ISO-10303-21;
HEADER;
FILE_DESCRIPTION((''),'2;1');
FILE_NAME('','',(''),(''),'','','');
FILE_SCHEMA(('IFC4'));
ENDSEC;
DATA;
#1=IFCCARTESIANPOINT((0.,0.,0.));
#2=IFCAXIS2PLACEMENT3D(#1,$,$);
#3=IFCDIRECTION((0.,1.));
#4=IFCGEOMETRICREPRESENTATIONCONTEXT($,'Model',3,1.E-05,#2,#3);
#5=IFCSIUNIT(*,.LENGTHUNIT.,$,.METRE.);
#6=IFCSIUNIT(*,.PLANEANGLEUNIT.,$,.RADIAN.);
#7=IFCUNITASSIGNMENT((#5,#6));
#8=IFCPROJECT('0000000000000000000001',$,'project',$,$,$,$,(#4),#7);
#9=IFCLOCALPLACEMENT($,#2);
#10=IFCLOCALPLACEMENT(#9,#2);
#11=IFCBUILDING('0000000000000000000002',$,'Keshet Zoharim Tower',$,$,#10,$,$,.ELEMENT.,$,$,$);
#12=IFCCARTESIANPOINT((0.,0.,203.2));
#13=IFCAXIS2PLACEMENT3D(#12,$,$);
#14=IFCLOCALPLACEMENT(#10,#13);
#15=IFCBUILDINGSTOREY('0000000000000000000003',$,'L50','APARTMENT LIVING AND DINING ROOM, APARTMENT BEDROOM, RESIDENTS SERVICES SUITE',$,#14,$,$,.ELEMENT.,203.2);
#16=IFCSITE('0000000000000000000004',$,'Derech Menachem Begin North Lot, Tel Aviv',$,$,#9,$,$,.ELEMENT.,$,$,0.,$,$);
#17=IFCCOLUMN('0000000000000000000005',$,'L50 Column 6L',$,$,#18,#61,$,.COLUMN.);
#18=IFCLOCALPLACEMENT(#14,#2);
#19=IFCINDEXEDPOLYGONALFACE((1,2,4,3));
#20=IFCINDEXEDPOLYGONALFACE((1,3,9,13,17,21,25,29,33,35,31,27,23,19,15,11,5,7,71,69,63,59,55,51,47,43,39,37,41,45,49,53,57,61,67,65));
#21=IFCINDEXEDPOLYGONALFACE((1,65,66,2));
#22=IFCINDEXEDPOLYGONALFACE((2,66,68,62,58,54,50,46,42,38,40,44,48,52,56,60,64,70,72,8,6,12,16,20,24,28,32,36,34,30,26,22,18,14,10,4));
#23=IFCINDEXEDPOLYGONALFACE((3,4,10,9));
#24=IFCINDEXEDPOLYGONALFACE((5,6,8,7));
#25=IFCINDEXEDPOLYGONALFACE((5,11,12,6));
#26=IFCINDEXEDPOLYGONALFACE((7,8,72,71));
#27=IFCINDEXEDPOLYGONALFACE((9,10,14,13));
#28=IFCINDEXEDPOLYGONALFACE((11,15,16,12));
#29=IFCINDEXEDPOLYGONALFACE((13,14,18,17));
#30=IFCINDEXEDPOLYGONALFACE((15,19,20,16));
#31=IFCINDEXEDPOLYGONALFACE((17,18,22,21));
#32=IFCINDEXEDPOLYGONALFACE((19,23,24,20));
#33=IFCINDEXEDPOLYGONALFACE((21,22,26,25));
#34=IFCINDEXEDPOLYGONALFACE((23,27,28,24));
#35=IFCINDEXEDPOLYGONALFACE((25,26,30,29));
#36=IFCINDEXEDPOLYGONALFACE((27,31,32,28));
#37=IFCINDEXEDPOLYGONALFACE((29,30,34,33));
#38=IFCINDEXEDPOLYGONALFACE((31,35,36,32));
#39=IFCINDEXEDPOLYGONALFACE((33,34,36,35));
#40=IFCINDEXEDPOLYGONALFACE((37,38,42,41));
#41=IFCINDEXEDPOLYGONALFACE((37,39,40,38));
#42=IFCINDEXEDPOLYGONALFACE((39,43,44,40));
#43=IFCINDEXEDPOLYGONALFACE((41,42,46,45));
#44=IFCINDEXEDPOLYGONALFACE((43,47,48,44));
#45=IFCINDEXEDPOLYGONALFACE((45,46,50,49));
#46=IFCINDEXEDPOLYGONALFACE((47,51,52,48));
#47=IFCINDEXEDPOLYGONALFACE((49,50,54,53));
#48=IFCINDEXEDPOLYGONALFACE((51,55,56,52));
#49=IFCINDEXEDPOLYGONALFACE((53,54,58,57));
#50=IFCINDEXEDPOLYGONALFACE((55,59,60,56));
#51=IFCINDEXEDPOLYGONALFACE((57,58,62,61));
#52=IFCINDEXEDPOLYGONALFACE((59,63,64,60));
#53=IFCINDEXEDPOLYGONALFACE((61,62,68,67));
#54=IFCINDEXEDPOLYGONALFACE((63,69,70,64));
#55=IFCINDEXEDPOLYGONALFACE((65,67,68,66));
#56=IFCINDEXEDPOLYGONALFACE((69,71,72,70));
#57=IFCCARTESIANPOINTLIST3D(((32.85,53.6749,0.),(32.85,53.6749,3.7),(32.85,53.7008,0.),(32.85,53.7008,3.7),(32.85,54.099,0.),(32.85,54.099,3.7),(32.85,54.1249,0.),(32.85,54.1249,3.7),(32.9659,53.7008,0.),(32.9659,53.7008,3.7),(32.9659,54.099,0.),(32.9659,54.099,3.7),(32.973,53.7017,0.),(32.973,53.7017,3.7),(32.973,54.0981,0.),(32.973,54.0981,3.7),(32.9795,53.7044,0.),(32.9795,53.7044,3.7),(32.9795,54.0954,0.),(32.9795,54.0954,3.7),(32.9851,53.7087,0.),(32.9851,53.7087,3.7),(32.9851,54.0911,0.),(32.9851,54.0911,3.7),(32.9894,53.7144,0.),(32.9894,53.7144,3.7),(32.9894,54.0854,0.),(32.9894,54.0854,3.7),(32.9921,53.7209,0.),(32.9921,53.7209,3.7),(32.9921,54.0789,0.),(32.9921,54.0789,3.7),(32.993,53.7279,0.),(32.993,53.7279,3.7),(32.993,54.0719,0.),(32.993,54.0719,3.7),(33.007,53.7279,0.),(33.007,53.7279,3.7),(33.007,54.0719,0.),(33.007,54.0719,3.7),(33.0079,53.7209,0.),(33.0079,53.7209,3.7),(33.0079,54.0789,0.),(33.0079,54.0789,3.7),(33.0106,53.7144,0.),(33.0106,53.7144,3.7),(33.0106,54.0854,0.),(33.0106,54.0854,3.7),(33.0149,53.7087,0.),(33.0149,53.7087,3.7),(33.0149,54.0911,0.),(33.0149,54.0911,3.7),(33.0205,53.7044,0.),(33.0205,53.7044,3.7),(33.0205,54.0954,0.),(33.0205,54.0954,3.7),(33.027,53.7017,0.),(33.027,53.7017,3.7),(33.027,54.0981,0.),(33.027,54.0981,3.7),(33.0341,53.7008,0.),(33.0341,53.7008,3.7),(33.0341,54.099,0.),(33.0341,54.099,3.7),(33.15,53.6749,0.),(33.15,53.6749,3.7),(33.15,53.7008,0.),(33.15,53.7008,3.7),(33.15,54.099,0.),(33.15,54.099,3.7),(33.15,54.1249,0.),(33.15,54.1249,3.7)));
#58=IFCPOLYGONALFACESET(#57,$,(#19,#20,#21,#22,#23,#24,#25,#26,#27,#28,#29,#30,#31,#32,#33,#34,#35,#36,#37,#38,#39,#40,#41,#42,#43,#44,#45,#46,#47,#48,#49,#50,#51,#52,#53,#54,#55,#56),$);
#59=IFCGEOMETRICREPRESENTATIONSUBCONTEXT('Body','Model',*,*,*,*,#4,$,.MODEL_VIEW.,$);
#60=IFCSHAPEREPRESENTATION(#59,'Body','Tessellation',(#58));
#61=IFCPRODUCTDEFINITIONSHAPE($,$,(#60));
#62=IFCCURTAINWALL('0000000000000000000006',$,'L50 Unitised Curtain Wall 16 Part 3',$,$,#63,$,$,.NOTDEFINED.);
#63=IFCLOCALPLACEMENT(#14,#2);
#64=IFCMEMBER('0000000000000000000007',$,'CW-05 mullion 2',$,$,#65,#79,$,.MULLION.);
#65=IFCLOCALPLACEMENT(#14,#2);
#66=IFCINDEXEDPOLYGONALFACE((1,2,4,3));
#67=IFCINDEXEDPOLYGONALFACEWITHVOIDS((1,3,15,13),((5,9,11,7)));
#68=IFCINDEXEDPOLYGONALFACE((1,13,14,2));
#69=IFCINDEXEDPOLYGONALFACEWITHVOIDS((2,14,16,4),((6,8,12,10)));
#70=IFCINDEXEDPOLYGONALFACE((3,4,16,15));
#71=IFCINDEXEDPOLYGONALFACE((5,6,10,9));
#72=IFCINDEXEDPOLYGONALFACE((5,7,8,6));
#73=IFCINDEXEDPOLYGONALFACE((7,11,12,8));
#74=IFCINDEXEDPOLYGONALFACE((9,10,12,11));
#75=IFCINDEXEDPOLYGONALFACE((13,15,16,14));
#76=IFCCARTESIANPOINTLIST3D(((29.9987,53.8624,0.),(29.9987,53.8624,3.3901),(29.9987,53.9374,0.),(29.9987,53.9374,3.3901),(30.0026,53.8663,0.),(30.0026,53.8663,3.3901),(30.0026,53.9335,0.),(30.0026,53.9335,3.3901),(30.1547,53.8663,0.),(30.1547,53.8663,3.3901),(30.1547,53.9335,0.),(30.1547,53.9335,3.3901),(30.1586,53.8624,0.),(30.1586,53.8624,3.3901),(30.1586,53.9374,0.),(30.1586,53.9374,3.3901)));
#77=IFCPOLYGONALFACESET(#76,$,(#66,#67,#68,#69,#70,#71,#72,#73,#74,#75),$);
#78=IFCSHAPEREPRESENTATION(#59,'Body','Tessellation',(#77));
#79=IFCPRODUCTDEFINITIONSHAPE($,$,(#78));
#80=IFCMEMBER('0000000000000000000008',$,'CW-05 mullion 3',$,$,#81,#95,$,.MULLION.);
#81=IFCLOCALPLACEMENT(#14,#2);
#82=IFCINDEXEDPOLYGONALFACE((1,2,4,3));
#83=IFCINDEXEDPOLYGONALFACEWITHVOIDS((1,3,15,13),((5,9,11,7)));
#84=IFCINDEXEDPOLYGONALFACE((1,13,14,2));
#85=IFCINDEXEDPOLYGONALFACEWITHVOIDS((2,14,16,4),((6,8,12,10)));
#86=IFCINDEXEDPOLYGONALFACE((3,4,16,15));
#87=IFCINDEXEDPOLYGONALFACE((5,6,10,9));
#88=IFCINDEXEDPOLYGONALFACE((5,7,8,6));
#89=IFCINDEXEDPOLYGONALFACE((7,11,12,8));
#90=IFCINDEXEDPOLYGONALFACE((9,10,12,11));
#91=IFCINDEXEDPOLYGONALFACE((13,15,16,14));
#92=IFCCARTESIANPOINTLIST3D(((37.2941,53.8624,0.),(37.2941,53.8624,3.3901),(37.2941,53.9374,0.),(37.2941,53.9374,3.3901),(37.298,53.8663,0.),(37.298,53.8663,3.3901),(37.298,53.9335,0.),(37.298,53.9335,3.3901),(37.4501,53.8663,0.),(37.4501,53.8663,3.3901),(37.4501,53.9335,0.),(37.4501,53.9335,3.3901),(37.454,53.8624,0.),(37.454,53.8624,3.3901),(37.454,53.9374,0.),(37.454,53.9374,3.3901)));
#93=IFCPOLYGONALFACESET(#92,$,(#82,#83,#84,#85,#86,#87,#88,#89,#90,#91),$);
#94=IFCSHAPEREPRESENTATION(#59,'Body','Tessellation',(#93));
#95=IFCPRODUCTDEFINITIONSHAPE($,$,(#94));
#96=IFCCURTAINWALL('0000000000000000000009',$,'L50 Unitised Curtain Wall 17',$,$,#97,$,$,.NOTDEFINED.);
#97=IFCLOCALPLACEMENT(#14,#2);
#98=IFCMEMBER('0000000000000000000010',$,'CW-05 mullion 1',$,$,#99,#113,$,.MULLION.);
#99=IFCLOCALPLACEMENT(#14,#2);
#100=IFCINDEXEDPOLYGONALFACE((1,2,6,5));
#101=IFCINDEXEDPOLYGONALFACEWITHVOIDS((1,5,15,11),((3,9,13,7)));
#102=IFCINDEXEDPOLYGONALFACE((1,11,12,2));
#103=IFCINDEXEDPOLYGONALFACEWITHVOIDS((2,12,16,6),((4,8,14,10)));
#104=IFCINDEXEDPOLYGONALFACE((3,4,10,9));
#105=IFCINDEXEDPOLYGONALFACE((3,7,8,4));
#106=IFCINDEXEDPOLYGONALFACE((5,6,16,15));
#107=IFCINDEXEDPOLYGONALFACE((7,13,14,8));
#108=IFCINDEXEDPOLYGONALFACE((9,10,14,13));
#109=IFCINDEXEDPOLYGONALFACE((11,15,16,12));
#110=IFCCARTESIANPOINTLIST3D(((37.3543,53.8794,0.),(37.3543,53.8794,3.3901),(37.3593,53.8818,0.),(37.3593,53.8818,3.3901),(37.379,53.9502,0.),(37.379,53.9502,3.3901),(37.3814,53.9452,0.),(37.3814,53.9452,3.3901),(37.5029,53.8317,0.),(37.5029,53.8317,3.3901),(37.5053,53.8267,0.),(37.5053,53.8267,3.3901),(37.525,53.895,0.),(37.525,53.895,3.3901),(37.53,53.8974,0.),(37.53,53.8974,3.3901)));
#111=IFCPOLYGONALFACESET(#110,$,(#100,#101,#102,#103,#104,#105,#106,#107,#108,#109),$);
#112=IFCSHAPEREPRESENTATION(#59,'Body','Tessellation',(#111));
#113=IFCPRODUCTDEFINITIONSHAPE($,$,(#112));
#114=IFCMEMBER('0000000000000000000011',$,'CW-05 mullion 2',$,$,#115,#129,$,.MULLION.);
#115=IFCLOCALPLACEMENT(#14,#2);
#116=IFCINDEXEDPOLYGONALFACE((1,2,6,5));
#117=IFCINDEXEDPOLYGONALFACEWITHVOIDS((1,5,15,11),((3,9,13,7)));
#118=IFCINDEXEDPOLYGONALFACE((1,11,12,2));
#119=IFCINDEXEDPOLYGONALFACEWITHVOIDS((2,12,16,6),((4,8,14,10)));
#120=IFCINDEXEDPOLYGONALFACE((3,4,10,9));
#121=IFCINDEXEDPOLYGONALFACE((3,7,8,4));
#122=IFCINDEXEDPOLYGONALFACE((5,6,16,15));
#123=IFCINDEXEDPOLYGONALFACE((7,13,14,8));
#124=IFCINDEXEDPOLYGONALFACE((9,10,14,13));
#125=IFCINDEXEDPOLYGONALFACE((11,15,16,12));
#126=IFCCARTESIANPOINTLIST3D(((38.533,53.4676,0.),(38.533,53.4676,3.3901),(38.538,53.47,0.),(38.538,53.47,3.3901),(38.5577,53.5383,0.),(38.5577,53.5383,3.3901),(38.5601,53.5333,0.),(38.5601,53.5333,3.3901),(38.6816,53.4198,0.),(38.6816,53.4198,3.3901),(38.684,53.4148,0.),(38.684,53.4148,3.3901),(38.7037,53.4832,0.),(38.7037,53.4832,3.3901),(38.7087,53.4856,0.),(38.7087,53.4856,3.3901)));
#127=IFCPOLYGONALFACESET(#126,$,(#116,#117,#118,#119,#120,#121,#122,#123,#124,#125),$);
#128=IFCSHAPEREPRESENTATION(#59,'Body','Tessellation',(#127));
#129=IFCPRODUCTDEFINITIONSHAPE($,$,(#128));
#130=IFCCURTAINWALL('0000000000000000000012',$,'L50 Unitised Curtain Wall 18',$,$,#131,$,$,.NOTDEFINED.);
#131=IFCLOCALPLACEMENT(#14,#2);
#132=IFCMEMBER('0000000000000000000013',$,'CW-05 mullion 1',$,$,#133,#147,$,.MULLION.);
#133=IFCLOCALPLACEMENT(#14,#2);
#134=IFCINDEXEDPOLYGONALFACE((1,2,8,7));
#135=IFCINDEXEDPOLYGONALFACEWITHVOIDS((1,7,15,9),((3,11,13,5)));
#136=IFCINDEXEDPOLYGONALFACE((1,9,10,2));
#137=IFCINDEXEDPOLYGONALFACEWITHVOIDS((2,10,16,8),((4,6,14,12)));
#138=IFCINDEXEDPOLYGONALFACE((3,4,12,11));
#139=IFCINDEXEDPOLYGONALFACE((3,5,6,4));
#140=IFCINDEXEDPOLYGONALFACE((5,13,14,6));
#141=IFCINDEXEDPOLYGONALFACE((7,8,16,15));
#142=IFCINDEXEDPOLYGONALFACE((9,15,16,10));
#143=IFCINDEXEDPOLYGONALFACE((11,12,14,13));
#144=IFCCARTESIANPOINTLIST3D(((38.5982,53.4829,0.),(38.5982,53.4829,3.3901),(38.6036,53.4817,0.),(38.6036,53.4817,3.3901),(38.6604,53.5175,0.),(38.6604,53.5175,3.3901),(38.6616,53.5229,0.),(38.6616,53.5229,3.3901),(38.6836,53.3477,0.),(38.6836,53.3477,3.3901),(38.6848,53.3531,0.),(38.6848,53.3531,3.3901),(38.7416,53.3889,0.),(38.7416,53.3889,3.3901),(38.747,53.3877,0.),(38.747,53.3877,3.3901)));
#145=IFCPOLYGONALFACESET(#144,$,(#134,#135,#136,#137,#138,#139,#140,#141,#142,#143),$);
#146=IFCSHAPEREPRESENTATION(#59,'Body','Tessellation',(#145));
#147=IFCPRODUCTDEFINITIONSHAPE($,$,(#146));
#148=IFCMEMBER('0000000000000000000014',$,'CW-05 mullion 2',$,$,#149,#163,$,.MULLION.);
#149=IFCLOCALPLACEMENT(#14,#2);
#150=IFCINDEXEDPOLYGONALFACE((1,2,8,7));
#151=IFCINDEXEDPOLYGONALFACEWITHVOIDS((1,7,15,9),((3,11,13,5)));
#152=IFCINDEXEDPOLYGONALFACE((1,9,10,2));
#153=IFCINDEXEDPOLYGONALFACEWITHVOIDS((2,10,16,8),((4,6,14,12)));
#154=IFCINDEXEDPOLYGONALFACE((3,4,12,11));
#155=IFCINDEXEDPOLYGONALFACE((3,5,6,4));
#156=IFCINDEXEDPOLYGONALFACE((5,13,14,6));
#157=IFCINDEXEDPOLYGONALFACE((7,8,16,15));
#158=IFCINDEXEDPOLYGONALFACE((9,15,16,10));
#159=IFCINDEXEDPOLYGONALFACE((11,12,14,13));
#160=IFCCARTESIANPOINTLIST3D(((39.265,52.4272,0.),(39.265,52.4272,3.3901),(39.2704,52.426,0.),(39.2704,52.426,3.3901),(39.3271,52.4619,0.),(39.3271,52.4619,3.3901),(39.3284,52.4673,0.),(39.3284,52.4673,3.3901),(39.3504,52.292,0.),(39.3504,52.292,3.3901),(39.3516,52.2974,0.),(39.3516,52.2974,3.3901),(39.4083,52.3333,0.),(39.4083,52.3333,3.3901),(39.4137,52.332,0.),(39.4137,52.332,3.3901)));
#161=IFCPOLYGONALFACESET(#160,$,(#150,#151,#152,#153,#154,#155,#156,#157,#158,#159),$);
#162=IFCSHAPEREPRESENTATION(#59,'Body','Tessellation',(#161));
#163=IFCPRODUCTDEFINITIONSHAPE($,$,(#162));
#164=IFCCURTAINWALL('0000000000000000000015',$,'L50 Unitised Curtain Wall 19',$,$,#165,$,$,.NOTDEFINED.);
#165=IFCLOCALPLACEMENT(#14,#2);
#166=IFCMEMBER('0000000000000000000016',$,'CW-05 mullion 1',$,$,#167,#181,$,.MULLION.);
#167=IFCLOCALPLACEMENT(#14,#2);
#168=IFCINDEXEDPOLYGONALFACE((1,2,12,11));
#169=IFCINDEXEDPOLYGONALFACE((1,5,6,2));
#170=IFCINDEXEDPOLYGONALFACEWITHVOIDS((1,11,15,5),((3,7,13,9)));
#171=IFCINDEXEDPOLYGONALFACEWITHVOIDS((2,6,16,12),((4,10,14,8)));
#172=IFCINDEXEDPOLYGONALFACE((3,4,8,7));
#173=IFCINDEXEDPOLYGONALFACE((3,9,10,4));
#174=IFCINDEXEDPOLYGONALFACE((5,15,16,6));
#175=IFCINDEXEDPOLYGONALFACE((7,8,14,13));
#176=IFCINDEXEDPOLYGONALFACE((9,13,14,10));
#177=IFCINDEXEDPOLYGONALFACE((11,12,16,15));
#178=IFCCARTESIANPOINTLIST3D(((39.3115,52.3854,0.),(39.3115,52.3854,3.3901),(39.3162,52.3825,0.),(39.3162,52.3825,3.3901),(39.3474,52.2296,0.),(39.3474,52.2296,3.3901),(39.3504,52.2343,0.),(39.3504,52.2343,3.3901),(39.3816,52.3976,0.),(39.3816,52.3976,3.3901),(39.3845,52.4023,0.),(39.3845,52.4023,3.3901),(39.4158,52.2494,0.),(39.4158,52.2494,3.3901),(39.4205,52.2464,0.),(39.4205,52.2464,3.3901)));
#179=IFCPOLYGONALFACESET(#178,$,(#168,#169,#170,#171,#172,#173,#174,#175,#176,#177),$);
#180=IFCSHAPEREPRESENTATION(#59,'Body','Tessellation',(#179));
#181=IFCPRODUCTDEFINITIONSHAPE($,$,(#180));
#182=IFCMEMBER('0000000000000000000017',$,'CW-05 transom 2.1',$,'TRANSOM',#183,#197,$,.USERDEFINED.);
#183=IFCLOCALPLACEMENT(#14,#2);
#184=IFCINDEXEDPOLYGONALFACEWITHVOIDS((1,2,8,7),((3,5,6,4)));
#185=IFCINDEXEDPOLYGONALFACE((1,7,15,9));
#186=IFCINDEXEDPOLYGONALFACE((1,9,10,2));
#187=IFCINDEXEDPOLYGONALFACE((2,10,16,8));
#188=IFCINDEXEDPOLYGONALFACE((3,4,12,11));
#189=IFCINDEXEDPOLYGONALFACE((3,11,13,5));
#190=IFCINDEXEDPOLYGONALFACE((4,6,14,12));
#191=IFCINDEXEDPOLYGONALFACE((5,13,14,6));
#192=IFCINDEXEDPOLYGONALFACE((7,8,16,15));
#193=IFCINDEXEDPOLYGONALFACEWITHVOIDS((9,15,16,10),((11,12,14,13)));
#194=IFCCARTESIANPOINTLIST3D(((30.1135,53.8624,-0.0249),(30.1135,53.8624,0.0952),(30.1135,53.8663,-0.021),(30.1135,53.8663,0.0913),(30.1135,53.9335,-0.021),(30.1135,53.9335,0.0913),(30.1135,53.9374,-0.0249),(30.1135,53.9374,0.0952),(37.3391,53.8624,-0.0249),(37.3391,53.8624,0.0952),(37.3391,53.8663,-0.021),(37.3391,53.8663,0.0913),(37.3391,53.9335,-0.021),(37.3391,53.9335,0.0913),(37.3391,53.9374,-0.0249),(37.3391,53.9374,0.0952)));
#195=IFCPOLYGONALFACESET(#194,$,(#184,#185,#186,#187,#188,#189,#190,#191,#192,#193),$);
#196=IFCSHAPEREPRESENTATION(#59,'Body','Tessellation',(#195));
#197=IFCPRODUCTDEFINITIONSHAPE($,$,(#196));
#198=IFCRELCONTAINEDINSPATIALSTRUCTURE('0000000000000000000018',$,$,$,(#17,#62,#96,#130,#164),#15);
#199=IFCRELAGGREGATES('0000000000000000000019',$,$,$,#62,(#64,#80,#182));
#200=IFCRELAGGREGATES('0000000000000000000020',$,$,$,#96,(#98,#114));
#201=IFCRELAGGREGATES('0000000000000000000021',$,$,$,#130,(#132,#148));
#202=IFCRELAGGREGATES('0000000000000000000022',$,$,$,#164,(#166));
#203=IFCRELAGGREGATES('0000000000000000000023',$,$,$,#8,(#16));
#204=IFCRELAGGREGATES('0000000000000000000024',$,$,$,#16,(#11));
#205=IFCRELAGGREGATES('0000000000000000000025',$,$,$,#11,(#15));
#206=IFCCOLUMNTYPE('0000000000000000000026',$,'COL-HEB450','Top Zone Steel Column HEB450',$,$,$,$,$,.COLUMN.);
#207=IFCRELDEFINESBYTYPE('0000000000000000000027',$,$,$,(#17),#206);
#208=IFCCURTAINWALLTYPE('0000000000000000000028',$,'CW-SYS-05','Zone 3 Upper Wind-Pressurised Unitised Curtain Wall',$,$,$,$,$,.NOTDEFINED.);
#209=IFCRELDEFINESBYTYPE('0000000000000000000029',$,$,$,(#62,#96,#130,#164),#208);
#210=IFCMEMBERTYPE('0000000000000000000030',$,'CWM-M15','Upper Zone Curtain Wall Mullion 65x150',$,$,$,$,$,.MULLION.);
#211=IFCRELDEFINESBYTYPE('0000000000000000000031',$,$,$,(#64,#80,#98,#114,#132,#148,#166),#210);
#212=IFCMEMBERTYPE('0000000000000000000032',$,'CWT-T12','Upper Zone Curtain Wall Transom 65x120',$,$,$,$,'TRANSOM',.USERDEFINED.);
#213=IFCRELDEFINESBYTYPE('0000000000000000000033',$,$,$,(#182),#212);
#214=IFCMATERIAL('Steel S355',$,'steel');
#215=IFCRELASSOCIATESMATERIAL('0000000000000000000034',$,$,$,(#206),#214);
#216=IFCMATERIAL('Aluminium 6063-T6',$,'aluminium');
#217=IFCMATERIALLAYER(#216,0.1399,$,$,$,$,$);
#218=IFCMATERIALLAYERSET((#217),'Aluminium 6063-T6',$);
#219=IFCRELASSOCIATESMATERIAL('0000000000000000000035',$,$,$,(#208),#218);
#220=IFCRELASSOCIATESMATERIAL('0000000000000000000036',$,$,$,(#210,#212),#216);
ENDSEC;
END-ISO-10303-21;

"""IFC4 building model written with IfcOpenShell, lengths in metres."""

from ifc_helpers import new_model, si_unit, direction, frame, origin, origin_2d, place, context, subcontext, project, spatial, hollow_rectangle, i_section, extrude, material, layer, layer_set, material_profile, profile_set, type_object, element, aggregate, save


model = new_model("IFC4")

# Units and contexts
model_context = context("Model", 3, precision=1e-05, world=origin(), true_north=direction((0.0, 1.0)))
body_context = subcontext(model_context, "Body", "Model", "MODEL_VIEW")
ifc_project = project(units=[si_unit("LENGTHUNIT", "METRE"), si_unit("PLANEANGLEUNIT", "RADIAN")], contexts=[model_context])

# Site, building, storey
site_placement = place(None, origin())
site = spatial("IfcSite", under=ifc_project, at=site_placement, Name="Derech Menachem Begin North Lot, Tel Aviv", CompositionType="ELEMENT", RefElevation=0.0)
building_placement = place(site_placement, origin())
building = spatial("IfcBuilding", under=site, at=building_placement, Name="Keshet Zoharim Tower", CompositionType="ELEMENT")
storey_placement = place(building_placement, frame((0.0, 0.0, 203.2)))
storey = spatial("IfcBuildingStorey", under=building, at=storey_placement, Name="L50", Description="APARTMENT LIVING AND DINING ROOM, APARTMENT BEDROOM, RESIDENTS SERVICES SUITE", CompositionType="ELEMENT", Elevation=203.2)

# Column
ifc_material_1 = material(Name="Steel S355", Category="steel")
ifc_material_profile_1 = material_profile(ifc_material_1, i_section(OverallWidth=0.3, OverallDepth=0.45, WebThickness=0.0139, FlangeThickness=0.0259, FilletRadius=0.0271, at=origin_2d()), Name="HEB450")
ifc_profile_set_1 = profile_set([ifc_material_profile_1], Name="Steel S355")
column_type = type_object("IfcColumnType", Name="COL-HEB450", Description="Top Zone Steel Column HEB450", PredefinedType="COLUMN", material=ifc_profile_set_1)
column_placement = place(storey_placement, frame((33.0, 53.8999, 0.0), z_axis=(0.0, 0.0, 1.0), x_axis=(1.0, 0.0, 0.0)))
element("IfcColumn", 1, at=column_placement, inside=storey, type_object=column_type, Name="L50 Column 6L", PredefinedType="COLUMN", context=body_context, shape_type="SweptSolid", body=[
    extrude(i_section(OverallWidth=0.3, OverallDepth=0.45, WebThickness=0.0139, FlangeThickness=0.0259, FilletRadius=0.0271, at=origin_2d()), origin(), (0.0, 0.0, 1.0), 3.7),
])

# Curtain walls, members
ifc_material_2 = material(Name="Aluminium 6063-T6", Category="aluminium")
ifc_layer_1 = layer(ifc_material_2, 0.1399)
ifc_layer_set_1 = layer_set([ifc_layer_1], Name="Aluminium 6063-T6")
curtain_wall_type = type_object("IfcCurtainWallType", Name="CW-SYS-05", Description="Zone 3 Upper Wind-Pressurised Unitised Curtain Wall", PredefinedType="NOTDEFINED", material=ifc_layer_set_1)
curtain_wall_1_placement = place(storey_placement, origin())
curtain_wall_1 = element("IfcCurtainWall", 2, at=curtain_wall_1_placement, inside=storey, type_object=curtain_wall_type, Name="L50 Unitised Curtain Wall 16 Part 3", PredefinedType="NOTDEFINED")
ifc_material_profile_2 = material_profile(ifc_material_2, hollow_rectangle(XDim=0.075, YDim=0.1599, WallThickness=0.0039, at=origin_2d()), Name="MUL-75x160")
ifc_profile_set_2 = profile_set([ifc_material_profile_2], Name="Aluminium 6063-T6")
member_type_1 = type_object("IfcMemberType", Name="CWM-M15", Description="Upper Zone Curtain Wall Mullion 65x150", PredefinedType="MULLION", material=ifc_profile_set_2)
member_1_placement = place(storey_placement, frame((30.0786, 53.8999, 0.0), z_axis=(0.0, 0.0, 1.0), x_axis=(0.0, 1.0, 0.0)))
member_1 = element("IfcMember", 3, at=member_1_placement, type_object=member_type_1, Name="CW-05 mullion 2", PredefinedType="MULLION", context=body_context, shape_type="SweptSolid", body=[
    extrude(hollow_rectangle(XDim=0.075, YDim=0.1599, WallThickness=0.0039, at=origin_2d()), origin(), (0.0, 0.0, 1.0), 3.3901),
])
member_2_placement = place(storey_placement, frame((37.374, 53.8999, 0.0), z_axis=(0.0, 0.0, 1.0), x_axis=(0.0, 1.0, 0.0)))
member_2 = element("IfcMember", 4, at=member_2_placement, type_object=member_type_1, Name="CW-05 mullion 3", PredefinedType="MULLION", context=body_context, shape_type="SweptSolid", body=[
    extrude(hollow_rectangle(XDim=0.075, YDim=0.1599, WallThickness=0.0039, at=origin_2d()), origin(), (0.0, 0.0, 1.0), 3.3901),
])
curtain_wall_2_placement = place(storey_placement, origin())
curtain_wall_2 = element("IfcCurtainWall", 5, at=curtain_wall_2_placement, inside=storey, type_object=curtain_wall_type, Name="L50 Unitised Curtain Wall 17", PredefinedType="NOTDEFINED")
member_3_placement = place(storey_placement, frame((37.4421, 53.8884, 0.0), z_axis=(0.0, 0.0, 1.0), x_axis=(0.329844, 0.944036, 0.0)))
member_3 = element("IfcMember", 6, at=member_3_placement, type_object=member_type_1, Name="CW-05 mullion 1", PredefinedType="MULLION", context=body_context, shape_type="SweptSolid", body=[
    extrude(hollow_rectangle(XDim=0.075, YDim=0.1599, WallThickness=0.0039, at=origin_2d()), origin(), (0.0, 0.0, 1.0), 3.3901),
])
member_4_placement = place(storey_placement, frame((38.6208, 53.4766, 0.0), z_axis=(0.0, 0.0, 1.0), x_axis=(0.329844, 0.944036, 0.0)))
member_4 = element("IfcMember", 7, at=member_4_placement, type_object=member_type_1, Name="CW-05 mullion 2", PredefinedType="MULLION", context=body_context, shape_type="SweptSolid", body=[
    extrude(hollow_rectangle(XDim=0.075, YDim=0.1599, WallThickness=0.0039, at=origin_2d()), origin(), (0.0, 0.0, 1.0), 3.3901),
])
curtain_wall_3_placement = place(storey_placement, origin())
curtain_wall_3 = element("IfcCurtainWall", 8, at=curtain_wall_3_placement, inside=storey, type_object=curtain_wall_type, Name="L50 Unitised Curtain Wall 18", PredefinedType="NOTDEFINED")
member_5_placement = place(storey_placement, frame((38.6726, 53.4353, 0.0), z_axis=(0.0, 0.0, 1.0), x_axis=(0.845561, 0.533879, 0.0)))
member_5 = element("IfcMember", 9, at=member_5_placement, type_object=member_type_1, Name="CW-05 mullion 1", PredefinedType="MULLION", context=body_context, shape_type="SweptSolid", body=[
    extrude(hollow_rectangle(XDim=0.075, YDim=0.1599, WallThickness=0.0039, at=origin_2d()), origin(), (0.0, 0.0, 1.0), 3.3901),
])
member_6_placement = place(storey_placement, frame((39.3394, 52.3796, 0.0), z_axis=(0.0, 0.0, 1.0), x_axis=(0.845561, 0.533879, 0.0)))
member_6 = element("IfcMember", 10, at=member_6_placement, type_object=member_type_1, Name="CW-05 mullion 2", PredefinedType="MULLION", context=body_context, shape_type="SweptSolid", body=[
    extrude(hollow_rectangle(XDim=0.075, YDim=0.1599, WallThickness=0.0039, at=origin_2d()), origin(), (0.0, 0.0, 1.0), 3.3901),
])

# Curtain wall, member
curtain_wall_4_placement = place(storey_placement, origin())
curtain_wall_4 = element("IfcCurtainWall", 11, at=curtain_wall_4_placement, inside=storey, type_object=curtain_wall_type, Name="L50 Unitised Curtain Wall 19", PredefinedType="NOTDEFINED")
member_7_placement = place(storey_placement, frame((39.366, 52.3159, 0.0), z_axis=(0.0, 0.0, 1.0), x_axis=(0.974394, 0.224848, 0.0)))
member_7 = element("IfcMember", 12, at=member_7_placement, type_object=member_type_1, Name="CW-05 mullion 1", PredefinedType="MULLION", context=body_context, shape_type="SweptSolid", body=[
    extrude(hollow_rectangle(XDim=0.075, YDim=0.1599, WallThickness=0.0039, at=origin_2d()), origin(), (0.0, 0.0, 1.0), 3.3901),
])

# Member
ifc_material_profile_3 = material_profile(ifc_material_2, hollow_rectangle(XDim=0.075, YDim=0.1201, WallThickness=0.0039, at=origin_2d()), Name="TRN-75x120")
ifc_profile_set_3 = profile_set([ifc_material_profile_3], Name="Aluminium 6063-T6")
member_type_2 = type_object("IfcMemberType", Name="CWT-T12", Description="Upper Zone Curtain Wall Transom 65x120", ElementType="TRANSOM", PredefinedType="USERDEFINED", material=ifc_profile_set_3)
member_8_placement = place(storey_placement, frame((30.1135, 53.8999, 0.0352), z_axis=(1.0, 0.0, 0.0), x_axis=(0.0, 1.0, 0.0)))
member_8 = element("IfcMember", 13, at=member_8_placement, type_object=member_type_2, Name="CW-05 transom 2.1", ObjectType="TRANSOM", PredefinedType="USERDEFINED", context=body_context, shape_type="SweptSolid", body=[
    extrude(hollow_rectangle(XDim=0.075, YDim=0.1201, WallThickness=0.0039, at=origin_2d()), origin(), (0.0, 0.0, 1.0), 7.2256),
])

aggregate(curtain_wall_1, [member_1, member_2, member_8])
aggregate(curtain_wall_2, [member_3, member_4])
aggregate(curtain_wall_3, [member_5, member_6])
aggregate(curtain_wall_4, [member_7])

save(model, "model.ifc")
